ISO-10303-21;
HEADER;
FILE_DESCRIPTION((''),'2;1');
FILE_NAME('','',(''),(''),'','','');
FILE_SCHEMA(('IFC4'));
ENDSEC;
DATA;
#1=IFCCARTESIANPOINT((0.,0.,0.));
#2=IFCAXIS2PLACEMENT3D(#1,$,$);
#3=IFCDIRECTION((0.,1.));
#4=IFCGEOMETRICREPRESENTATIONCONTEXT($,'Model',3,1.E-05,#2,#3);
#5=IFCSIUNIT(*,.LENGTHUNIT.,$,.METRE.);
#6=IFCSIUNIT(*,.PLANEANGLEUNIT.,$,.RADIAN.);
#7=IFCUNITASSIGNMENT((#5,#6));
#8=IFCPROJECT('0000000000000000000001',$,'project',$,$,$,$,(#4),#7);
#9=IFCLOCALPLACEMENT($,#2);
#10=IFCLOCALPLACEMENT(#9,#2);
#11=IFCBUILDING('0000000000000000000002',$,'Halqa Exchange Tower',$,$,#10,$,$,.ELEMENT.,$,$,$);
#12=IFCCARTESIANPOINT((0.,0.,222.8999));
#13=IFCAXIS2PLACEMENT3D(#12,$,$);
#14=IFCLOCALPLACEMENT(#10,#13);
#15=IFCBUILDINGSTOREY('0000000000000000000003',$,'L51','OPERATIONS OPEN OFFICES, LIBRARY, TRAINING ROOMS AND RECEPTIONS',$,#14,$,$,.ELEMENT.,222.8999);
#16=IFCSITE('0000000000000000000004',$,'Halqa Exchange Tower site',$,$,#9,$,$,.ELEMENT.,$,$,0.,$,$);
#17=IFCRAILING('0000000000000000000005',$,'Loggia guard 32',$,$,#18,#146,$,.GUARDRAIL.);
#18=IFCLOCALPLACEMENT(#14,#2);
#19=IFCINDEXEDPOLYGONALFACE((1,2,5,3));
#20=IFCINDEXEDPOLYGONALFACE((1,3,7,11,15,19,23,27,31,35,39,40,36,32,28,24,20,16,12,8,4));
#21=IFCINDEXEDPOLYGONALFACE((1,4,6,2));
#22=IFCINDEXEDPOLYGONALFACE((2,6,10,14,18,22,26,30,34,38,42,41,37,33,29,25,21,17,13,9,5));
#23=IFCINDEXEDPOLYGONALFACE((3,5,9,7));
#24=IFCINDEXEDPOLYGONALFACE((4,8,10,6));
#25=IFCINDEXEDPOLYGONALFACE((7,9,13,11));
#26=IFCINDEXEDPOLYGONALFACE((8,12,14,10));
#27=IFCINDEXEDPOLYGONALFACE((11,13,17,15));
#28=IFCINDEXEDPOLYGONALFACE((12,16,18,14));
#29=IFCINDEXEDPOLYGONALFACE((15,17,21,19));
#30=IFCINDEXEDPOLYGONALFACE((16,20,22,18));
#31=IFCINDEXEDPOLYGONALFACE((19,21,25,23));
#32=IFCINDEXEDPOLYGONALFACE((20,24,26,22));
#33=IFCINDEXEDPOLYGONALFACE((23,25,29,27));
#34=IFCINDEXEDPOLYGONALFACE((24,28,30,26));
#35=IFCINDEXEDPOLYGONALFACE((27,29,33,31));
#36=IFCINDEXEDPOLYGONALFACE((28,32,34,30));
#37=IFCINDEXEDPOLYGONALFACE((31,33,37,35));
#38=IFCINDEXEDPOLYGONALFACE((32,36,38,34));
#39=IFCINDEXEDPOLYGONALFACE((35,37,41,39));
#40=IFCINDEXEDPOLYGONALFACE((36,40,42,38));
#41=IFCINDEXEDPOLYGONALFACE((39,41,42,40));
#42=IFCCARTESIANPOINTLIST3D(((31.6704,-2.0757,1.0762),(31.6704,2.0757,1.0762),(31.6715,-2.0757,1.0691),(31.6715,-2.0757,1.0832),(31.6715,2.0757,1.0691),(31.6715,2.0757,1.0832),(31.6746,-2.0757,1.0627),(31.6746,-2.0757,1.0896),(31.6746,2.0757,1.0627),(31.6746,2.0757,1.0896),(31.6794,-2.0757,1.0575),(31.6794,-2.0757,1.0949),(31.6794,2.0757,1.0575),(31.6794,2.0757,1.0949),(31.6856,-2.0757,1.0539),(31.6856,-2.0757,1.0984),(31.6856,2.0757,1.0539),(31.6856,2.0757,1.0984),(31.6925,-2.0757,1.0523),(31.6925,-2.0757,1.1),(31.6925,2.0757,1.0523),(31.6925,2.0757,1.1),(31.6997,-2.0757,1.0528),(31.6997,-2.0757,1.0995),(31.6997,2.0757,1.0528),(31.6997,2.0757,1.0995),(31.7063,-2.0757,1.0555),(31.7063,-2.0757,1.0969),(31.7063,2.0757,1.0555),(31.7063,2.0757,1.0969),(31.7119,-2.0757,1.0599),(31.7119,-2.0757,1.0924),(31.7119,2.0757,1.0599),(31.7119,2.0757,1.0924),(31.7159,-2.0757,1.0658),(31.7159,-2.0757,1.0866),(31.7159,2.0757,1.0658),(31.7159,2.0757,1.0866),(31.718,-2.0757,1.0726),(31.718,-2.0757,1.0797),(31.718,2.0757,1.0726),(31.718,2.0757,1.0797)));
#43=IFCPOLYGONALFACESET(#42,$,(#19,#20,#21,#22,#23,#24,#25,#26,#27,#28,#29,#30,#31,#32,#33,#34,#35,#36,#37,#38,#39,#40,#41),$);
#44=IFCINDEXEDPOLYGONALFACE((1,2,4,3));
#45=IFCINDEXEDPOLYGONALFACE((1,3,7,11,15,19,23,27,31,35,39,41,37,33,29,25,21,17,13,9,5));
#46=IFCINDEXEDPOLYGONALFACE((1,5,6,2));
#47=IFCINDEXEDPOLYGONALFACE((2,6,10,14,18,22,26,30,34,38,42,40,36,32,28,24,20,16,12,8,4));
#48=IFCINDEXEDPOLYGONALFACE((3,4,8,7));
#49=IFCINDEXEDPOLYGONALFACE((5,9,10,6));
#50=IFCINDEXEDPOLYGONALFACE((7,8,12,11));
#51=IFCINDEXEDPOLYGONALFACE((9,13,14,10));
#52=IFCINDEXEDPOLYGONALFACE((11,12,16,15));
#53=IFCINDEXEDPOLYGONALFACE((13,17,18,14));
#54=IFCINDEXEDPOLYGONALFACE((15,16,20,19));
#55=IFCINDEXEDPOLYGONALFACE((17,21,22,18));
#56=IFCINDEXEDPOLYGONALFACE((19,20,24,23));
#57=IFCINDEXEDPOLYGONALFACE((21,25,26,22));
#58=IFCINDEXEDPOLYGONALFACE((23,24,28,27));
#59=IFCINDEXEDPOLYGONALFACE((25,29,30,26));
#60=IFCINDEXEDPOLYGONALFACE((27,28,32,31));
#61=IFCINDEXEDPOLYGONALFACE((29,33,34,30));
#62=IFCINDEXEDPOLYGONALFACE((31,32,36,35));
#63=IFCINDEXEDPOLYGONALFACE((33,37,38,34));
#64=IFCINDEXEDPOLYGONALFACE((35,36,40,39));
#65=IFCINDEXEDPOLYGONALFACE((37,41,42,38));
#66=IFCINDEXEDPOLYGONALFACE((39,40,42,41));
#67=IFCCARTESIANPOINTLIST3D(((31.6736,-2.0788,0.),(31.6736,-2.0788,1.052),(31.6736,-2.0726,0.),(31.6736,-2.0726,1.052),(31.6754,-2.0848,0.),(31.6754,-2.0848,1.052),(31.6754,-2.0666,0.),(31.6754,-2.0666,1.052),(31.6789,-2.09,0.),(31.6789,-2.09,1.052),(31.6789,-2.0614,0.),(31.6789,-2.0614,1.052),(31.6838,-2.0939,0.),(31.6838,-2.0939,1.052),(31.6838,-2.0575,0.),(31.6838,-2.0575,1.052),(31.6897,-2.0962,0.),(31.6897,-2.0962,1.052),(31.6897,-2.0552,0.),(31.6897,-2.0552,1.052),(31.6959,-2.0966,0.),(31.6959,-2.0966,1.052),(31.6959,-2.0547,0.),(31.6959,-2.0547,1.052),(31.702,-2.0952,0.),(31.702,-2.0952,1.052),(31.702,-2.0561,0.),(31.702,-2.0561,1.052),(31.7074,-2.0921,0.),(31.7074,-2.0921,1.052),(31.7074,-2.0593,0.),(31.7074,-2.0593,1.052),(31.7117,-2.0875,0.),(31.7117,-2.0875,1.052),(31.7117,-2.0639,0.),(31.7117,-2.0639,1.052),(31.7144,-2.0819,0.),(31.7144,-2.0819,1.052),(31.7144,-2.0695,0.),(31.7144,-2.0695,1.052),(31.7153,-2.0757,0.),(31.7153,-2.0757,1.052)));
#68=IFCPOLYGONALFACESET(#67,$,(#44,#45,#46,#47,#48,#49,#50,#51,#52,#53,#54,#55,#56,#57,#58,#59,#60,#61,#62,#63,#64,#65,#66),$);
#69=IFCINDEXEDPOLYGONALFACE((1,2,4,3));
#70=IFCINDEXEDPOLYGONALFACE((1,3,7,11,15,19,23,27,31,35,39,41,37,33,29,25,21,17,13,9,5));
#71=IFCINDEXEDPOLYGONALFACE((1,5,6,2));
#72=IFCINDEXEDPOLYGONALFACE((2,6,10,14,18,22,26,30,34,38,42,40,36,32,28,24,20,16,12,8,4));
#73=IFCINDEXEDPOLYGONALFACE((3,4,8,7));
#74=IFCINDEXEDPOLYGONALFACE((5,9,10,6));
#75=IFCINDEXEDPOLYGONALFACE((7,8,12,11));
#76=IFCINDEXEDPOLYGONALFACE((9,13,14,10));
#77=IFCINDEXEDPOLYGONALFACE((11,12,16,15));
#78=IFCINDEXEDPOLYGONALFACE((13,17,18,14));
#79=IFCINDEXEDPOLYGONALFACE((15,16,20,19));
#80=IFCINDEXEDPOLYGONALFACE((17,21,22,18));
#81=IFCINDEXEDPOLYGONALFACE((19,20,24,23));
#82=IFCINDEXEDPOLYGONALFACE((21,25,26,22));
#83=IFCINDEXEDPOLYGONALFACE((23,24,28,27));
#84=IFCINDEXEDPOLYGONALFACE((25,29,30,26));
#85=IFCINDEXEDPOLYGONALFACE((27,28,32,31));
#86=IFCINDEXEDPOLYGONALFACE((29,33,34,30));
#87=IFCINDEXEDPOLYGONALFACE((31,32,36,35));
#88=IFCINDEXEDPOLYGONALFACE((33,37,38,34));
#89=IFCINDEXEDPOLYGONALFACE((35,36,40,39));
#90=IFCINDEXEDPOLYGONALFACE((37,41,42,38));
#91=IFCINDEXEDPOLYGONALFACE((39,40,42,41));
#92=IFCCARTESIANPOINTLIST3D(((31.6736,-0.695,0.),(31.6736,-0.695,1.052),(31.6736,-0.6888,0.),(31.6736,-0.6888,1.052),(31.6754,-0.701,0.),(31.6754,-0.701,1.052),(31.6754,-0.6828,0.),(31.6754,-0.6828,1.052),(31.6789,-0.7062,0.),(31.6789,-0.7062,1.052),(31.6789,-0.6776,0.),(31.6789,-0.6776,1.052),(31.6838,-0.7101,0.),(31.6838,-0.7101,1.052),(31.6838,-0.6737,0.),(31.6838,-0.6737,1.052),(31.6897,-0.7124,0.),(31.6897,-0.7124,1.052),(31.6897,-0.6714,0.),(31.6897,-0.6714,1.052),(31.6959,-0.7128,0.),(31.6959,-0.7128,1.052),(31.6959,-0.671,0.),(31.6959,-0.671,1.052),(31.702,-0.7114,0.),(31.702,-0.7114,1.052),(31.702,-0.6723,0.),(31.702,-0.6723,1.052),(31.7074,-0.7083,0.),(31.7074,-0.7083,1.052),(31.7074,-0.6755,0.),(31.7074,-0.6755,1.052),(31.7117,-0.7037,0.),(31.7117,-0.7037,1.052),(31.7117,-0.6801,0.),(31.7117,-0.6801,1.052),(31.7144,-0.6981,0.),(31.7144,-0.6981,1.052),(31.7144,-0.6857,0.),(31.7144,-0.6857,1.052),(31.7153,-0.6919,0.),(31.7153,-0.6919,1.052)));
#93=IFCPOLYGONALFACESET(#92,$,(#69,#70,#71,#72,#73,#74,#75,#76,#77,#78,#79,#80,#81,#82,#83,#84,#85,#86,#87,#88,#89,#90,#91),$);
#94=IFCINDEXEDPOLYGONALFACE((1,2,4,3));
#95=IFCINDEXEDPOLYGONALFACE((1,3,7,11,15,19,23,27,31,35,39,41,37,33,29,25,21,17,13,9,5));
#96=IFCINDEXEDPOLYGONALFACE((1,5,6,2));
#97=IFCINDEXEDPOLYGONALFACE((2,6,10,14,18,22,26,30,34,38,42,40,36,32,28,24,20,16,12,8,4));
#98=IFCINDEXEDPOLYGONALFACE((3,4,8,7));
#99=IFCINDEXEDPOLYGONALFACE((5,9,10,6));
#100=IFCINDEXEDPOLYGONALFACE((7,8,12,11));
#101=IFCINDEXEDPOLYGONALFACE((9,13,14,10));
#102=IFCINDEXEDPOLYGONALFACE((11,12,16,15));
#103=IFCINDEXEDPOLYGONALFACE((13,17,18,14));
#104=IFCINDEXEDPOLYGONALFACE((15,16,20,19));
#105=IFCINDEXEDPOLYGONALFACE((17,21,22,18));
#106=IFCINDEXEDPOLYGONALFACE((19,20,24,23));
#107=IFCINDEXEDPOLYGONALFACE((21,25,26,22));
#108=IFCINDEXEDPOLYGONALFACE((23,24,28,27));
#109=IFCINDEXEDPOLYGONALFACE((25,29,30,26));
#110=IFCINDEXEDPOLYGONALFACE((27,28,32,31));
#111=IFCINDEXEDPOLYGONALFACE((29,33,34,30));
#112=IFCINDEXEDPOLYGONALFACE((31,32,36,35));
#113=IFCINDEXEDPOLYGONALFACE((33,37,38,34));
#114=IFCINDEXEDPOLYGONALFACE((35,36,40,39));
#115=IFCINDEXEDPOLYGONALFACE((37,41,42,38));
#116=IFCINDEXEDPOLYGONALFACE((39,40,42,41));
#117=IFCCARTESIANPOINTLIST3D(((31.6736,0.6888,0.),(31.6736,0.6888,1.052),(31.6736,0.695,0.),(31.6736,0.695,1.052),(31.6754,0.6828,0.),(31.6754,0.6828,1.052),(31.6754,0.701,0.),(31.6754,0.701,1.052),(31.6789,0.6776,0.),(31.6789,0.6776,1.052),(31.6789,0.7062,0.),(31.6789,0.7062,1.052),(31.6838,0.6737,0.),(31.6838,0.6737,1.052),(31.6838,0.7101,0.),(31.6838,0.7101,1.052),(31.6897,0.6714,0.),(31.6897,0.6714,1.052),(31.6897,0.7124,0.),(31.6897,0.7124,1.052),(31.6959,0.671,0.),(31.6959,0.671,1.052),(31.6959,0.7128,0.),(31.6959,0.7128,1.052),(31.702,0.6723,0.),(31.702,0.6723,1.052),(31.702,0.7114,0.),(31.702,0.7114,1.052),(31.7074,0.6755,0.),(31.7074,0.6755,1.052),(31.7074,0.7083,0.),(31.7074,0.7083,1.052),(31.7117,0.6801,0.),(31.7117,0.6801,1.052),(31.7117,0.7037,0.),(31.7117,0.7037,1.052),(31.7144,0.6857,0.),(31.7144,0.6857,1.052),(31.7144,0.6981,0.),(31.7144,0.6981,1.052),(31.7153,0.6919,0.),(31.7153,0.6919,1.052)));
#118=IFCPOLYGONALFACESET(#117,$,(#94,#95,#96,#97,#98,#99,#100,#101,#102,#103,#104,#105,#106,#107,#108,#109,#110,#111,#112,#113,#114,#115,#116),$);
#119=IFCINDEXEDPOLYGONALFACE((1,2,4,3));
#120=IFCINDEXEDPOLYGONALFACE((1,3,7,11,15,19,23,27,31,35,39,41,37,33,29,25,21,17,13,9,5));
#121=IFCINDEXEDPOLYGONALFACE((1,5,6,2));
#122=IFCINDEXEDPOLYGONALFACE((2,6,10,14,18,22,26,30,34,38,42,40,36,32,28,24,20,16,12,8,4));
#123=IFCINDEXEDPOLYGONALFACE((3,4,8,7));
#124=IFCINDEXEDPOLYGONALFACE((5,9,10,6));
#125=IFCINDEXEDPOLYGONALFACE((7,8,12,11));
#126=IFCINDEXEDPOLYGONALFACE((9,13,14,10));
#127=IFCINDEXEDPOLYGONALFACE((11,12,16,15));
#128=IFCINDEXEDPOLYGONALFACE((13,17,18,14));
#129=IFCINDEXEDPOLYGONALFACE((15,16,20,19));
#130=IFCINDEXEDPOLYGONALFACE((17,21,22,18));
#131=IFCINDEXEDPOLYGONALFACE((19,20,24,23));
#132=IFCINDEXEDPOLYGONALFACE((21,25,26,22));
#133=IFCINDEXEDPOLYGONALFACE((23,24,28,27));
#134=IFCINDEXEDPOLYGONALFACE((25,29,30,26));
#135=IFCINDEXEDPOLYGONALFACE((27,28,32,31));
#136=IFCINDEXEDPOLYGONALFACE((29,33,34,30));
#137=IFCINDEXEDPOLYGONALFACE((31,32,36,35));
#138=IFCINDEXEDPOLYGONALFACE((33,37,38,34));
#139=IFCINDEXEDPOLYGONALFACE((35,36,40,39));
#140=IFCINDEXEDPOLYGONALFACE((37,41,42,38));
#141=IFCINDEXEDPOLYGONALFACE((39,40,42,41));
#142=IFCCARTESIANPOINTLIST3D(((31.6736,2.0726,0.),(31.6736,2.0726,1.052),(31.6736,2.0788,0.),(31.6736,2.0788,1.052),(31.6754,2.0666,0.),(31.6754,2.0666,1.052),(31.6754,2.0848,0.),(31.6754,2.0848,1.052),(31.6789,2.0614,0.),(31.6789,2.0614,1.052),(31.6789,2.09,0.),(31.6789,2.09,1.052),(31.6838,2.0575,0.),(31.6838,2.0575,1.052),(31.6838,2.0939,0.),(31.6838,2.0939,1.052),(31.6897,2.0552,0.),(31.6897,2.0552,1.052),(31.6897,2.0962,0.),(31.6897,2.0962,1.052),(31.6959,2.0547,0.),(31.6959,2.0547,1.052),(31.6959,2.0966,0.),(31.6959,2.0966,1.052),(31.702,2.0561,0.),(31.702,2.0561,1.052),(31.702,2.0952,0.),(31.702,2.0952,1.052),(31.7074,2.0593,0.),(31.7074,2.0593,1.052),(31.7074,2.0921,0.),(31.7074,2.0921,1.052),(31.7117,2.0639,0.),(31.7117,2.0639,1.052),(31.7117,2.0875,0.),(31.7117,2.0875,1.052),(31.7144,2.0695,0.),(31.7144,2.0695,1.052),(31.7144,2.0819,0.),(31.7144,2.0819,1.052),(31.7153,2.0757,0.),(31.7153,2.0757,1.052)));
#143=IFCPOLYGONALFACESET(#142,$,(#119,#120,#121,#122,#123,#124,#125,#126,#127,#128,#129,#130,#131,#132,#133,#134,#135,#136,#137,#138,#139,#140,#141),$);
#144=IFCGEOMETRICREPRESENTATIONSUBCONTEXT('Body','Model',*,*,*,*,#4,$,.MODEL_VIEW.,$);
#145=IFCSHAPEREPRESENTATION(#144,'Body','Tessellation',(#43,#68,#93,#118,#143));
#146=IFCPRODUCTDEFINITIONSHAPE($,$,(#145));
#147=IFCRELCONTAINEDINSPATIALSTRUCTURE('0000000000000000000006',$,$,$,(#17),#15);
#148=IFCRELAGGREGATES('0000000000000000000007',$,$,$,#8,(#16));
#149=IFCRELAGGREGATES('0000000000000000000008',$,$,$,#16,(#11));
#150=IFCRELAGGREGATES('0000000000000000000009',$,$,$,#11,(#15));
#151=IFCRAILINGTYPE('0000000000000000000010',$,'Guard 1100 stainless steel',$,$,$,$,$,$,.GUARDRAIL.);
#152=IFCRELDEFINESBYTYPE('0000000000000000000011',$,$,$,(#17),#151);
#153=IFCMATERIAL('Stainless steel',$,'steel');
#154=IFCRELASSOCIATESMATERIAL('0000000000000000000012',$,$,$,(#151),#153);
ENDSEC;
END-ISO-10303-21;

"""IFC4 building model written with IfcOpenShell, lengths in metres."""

from ifc_helpers import new_model, si_unit, direction, frame, origin, origin_2d, place, context, subcontext, project, spatial, circle, extrude, material, type_object, element, save


model = new_model("IFC4")

# Units and contexts
model_context = context("Model", 3, precision=1e-05, world=origin(), true_north=direction((0.0, 1.0)))
body_context = subcontext(model_context, "Body", "Model", "MODEL_VIEW")
ifc_project = project(units=[si_unit("LENGTHUNIT", "METRE"), si_unit("PLANEANGLEUNIT", "RADIAN")], contexts=[model_context])

# Site, building, storey
site_placement = place(None, origin())
site = spatial("IfcSite", under=ifc_project, at=site_placement, Name="Halqa Exchange Tower site", CompositionType="ELEMENT", RefElevation=0.0)
building_placement = place(site_placement, origin())
building = spatial("IfcBuilding", under=site, at=building_placement, Name="Halqa Exchange Tower", CompositionType="ELEMENT")
storey_placement = place(building_placement, frame((0.0, 0.0, 222.8999)))
storey = spatial("IfcBuildingStorey", under=building, at=storey_placement, Name="L51", Description="OPERATIONS OPEN OFFICES, LIBRARY, TRAINING ROOMS AND RECEPTIONS", CompositionType="ELEMENT", Elevation=222.8999)

# Railing
ifc_material_1 = material(Name="Stainless steel", Category="steel")
railing_type = type_object("IfcRailingType", Name="Guard 1100 stainless steel", PredefinedType="GUARDRAIL", material=ifc_material_1)
railing_1_placement = place(storey_placement, frame((31.6943, -2.0757, 0.0)))
element("IfcRailing", 1, at=railing_1_placement, inside=storey, type_object=railing_type, Name="Loggia guard 32", PredefinedType="GUARDRAIL", context=body_context, shape_type="SweptSolid", body=[
    extrude(circle(Radius=0.0239, at=origin_2d()), frame((0.0, 0.0, 1.0762), z_axis=(0.0, 1.0, 0.0), x_axis=(-1.0, 0.0, 0.0)), (0.0, 0.0, 1.0), 4.1514),
    extrude(circle(Radius=0.021, at=origin_2d()), origin(), (0.0, 0.0, 1.0), 1.052),
    extrude(circle(Radius=0.021, at=origin_2d()), frame((0.0, 1.3838, 0.0)), (0.0, 0.0, 1.0), 1.052),
    extrude(circle(Radius=0.021, at=origin_2d()), frame((0.0, 2.7676, 0.0)), (0.0, 0.0, 1.0), 1.052),
    extrude(circle(Radius=0.021, at=origin_2d()), frame((0.0, 4.1514, 0.0)), (0.0, 0.0, 1.0), 1.052),
])

save(model, "model.ifc")
